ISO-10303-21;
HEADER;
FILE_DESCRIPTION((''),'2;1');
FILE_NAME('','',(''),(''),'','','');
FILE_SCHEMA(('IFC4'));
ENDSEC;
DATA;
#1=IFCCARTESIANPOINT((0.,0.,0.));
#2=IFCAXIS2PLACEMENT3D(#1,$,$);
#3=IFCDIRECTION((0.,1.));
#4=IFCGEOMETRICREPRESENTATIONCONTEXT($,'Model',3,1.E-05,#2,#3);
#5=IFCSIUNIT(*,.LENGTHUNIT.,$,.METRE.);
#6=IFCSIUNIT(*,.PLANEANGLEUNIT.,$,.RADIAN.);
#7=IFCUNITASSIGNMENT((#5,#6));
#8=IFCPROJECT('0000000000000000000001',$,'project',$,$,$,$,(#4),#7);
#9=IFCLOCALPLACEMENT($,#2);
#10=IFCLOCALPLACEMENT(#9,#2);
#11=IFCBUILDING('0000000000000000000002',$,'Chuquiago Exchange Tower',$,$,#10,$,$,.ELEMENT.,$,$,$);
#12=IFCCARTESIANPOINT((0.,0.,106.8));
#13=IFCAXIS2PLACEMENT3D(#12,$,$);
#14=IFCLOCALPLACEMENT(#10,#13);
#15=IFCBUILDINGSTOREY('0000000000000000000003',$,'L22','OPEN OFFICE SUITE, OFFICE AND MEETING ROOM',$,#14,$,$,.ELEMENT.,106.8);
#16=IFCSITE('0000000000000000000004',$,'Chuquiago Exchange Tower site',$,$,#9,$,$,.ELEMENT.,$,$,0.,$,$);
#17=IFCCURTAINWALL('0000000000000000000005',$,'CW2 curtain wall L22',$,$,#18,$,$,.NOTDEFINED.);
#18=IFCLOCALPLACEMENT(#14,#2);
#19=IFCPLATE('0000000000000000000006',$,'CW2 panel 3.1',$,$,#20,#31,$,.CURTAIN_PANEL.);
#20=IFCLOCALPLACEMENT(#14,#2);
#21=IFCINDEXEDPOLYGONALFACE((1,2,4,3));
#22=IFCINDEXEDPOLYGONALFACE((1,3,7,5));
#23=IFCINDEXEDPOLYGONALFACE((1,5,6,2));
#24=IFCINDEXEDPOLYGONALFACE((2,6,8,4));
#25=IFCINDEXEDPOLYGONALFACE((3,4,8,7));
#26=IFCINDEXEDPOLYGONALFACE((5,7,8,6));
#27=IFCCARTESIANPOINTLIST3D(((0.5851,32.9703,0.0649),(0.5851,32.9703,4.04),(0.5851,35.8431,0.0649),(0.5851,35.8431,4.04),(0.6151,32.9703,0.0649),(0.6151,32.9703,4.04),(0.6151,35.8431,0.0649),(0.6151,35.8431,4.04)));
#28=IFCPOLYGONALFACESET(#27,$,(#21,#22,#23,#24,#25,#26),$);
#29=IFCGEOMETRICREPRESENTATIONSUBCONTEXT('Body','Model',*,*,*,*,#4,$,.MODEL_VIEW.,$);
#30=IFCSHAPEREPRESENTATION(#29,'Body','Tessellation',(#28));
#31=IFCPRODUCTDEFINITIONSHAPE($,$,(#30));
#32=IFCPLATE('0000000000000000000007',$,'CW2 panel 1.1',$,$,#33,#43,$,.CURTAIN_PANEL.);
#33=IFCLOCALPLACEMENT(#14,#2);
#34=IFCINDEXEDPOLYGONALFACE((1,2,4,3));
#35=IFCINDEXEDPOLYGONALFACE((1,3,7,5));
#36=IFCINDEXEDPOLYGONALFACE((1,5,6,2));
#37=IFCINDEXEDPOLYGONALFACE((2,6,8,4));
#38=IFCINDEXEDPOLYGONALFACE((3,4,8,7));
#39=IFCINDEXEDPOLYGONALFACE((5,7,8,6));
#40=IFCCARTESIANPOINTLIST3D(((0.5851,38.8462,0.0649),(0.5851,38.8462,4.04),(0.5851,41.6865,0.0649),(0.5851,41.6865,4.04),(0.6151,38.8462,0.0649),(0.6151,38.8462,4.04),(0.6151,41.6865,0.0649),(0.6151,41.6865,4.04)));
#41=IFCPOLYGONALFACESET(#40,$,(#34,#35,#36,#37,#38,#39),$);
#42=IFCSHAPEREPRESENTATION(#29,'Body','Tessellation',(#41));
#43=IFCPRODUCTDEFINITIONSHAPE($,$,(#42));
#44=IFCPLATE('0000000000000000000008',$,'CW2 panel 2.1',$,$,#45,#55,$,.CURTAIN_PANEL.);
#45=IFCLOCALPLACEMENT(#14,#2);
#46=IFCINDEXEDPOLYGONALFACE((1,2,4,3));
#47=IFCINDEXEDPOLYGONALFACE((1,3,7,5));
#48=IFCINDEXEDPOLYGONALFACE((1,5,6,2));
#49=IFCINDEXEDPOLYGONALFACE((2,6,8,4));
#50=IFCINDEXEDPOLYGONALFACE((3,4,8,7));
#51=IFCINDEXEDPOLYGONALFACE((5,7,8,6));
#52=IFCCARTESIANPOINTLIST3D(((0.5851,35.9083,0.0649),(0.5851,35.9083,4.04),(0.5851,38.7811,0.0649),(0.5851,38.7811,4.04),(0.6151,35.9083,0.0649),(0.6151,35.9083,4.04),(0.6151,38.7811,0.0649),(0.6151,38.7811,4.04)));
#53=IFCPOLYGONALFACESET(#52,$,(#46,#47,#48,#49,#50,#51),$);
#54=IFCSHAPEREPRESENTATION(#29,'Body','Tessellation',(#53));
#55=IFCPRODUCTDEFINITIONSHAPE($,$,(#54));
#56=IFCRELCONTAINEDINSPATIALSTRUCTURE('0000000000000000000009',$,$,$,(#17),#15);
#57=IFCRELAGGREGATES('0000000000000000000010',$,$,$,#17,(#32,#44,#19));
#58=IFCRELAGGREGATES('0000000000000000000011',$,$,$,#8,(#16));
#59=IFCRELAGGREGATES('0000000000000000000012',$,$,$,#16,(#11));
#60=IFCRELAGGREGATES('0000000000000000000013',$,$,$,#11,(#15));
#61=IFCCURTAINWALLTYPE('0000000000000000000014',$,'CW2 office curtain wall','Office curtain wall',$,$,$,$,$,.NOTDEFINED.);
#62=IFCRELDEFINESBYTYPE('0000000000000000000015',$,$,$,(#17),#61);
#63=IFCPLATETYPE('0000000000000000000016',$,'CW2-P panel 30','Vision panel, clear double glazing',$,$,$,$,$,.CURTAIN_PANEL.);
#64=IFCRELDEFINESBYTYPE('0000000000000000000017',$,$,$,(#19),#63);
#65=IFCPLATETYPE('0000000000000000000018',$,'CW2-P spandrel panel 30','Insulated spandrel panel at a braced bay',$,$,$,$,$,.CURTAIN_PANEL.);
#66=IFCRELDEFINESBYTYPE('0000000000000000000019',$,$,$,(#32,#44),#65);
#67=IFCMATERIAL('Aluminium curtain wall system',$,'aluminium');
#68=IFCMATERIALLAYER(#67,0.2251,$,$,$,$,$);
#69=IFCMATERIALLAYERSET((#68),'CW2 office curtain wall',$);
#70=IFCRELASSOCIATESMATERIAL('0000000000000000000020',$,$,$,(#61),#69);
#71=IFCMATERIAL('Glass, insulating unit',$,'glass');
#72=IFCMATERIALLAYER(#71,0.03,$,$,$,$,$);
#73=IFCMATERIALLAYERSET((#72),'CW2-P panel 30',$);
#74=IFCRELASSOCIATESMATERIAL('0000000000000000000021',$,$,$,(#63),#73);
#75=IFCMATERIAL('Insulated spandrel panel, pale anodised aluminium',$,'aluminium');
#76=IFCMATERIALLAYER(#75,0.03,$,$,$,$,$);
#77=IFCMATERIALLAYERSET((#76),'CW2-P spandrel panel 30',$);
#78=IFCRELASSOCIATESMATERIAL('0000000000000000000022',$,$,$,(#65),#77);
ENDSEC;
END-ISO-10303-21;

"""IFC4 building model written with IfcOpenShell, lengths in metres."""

from ifc_helpers import new_model, si_unit, direction, frame, origin, origin_2d, place, context, subcontext, project, spatial, rectangle, extrude, material, layer, layer_set, type_object, element, aggregate, save


model = new_model("IFC4")

# Units and contexts
model_context = context("Model", 3, precision=1e-05, world=origin(), true_north=direction((0.0, 1.0)))
body_context = subcontext(model_context, "Body", "Model", "MODEL_VIEW")
ifc_project = project(units=[si_unit("LENGTHUNIT", "METRE"), si_unit("PLANEANGLEUNIT", "RADIAN")], contexts=[model_context])

# Site, building, storey
site_placement = place(None, origin())
site = spatial("IfcSite", under=ifc_project, at=site_placement, Name="Chuquiago Exchange Tower site", CompositionType="ELEMENT", RefElevation=0.0)
building_placement = place(site_placement, origin())
building = spatial("IfcBuilding", under=site, at=building_placement, Name="Chuquiago Exchange Tower", CompositionType="ELEMENT")
storey_placement = place(building_placement, frame((0.0, 0.0, 106.8)))
storey = spatial("IfcBuildingStorey", under=building, at=storey_placement, Name="L22", Description="OPEN OFFICE SUITE, OFFICE AND MEETING ROOM", CompositionType="ELEMENT", Elevation=106.8)

# Curtain wall
ifc_material_1 = material(Name="Aluminium curtain wall system", Category="aluminium")
ifc_layer_1 = layer(ifc_material_1, 0.2251)
ifc_layer_set_1 = layer_set([ifc_layer_1], Name="CW2 office curtain wall")
curtain_wall_type = type_object("IfcCurtainWallType", Name="CW2 office curtain wall", Description="Office curtain wall", PredefinedType="NOTDEFINED", material=ifc_layer_set_1)
curtain_wall_placement = place(storey_placement, origin())
curtain_wall = element("IfcCurtainWall", 1, at=curtain_wall_placement, inside=storey, type_object=curtain_wall_type, Name="CW2 curtain wall L22", PredefinedType="NOTDEFINED")

# Plates
ifc_material_2 = material(Name="Glass, insulating unit", Category="glass")
ifc_layer_2 = layer(ifc_material_2, 0.03)
ifc_layer_set_2 = layer_set([ifc_layer_2], Name="CW2-P panel 30")
plate_type_1 = type_object("IfcPlateType", Name="CW2-P panel 30", Description="Vision panel, clear double glazing", PredefinedType="CURTAIN_PANEL", material=ifc_layer_set_2)
plate_1_placement = place(storey_placement, frame((0.6001, 34.4067, 0.0649), z_axis=(0.0, 0.0, 1.0), x_axis=(0.0, -1.0, 0.0)))
plate_1 = element("IfcPlate", 2, at=plate_1_placement, type_object=plate_type_1, Name="CW2 panel 3.1", PredefinedType="CURTAIN_PANEL", context=body_context, shape_type="SweptSolid", body=[
    extrude(rectangle(XDim=2.8728, YDim=0.03, at=origin_2d()), origin(), (0.0, 0.0, 1.0), 3.9751),
])
ifc_material_3 = material(Name="Insulated spandrel panel, pale anodised aluminium", Category="aluminium")
ifc_layer_3 = layer(ifc_material_3, 0.03)
ifc_layer_set_3 = layer_set([ifc_layer_3], Name="CW2-P spandrel panel 30")
plate_type_2 = type_object("IfcPlateType", Name="CW2-P spandrel panel 30", Description="Insulated spandrel panel at a braced bay", PredefinedType="CURTAIN_PANEL", material=ifc_layer_set_3)
plate_2_placement = place(storey_placement, frame((0.6001, 40.2664, 0.0649), z_axis=(0.0, 0.0, 1.0), x_axis=(0.0, -1.0, 0.0)))
plate_2 = element("IfcPlate", 3, at=plate_2_placement, type_object=plate_type_2, Name="CW2 panel 1.1", PredefinedType="CURTAIN_PANEL", context=body_context, shape_type="SweptSolid", body=[
    extrude(rectangle(XDim=2.8403, YDim=0.03, at=origin_2d()), origin(), (0.0, 0.0, 1.0), 3.9751),
])
plate_3_placement = place(storey_placement, frame((0.6001, 37.3447, 0.0649), z_axis=(0.0, 0.0, 1.0), x_axis=(0.0, -1.0, 0.0)))
plate_3 = element("IfcPlate", 4, at=plate_3_placement, type_object=plate_type_2, Name="CW2 panel 2.1", PredefinedType="CURTAIN_PANEL", context=body_context, shape_type="SweptSolid", body=[
    extrude(rectangle(XDim=2.8728, YDim=0.03, at=origin_2d()), origin(), (0.0, 0.0, 1.0), 3.9751),
])
aggregate(curtain_wall, [plate_2, plate_3, plate_1])

save(model, "model.ifc")
